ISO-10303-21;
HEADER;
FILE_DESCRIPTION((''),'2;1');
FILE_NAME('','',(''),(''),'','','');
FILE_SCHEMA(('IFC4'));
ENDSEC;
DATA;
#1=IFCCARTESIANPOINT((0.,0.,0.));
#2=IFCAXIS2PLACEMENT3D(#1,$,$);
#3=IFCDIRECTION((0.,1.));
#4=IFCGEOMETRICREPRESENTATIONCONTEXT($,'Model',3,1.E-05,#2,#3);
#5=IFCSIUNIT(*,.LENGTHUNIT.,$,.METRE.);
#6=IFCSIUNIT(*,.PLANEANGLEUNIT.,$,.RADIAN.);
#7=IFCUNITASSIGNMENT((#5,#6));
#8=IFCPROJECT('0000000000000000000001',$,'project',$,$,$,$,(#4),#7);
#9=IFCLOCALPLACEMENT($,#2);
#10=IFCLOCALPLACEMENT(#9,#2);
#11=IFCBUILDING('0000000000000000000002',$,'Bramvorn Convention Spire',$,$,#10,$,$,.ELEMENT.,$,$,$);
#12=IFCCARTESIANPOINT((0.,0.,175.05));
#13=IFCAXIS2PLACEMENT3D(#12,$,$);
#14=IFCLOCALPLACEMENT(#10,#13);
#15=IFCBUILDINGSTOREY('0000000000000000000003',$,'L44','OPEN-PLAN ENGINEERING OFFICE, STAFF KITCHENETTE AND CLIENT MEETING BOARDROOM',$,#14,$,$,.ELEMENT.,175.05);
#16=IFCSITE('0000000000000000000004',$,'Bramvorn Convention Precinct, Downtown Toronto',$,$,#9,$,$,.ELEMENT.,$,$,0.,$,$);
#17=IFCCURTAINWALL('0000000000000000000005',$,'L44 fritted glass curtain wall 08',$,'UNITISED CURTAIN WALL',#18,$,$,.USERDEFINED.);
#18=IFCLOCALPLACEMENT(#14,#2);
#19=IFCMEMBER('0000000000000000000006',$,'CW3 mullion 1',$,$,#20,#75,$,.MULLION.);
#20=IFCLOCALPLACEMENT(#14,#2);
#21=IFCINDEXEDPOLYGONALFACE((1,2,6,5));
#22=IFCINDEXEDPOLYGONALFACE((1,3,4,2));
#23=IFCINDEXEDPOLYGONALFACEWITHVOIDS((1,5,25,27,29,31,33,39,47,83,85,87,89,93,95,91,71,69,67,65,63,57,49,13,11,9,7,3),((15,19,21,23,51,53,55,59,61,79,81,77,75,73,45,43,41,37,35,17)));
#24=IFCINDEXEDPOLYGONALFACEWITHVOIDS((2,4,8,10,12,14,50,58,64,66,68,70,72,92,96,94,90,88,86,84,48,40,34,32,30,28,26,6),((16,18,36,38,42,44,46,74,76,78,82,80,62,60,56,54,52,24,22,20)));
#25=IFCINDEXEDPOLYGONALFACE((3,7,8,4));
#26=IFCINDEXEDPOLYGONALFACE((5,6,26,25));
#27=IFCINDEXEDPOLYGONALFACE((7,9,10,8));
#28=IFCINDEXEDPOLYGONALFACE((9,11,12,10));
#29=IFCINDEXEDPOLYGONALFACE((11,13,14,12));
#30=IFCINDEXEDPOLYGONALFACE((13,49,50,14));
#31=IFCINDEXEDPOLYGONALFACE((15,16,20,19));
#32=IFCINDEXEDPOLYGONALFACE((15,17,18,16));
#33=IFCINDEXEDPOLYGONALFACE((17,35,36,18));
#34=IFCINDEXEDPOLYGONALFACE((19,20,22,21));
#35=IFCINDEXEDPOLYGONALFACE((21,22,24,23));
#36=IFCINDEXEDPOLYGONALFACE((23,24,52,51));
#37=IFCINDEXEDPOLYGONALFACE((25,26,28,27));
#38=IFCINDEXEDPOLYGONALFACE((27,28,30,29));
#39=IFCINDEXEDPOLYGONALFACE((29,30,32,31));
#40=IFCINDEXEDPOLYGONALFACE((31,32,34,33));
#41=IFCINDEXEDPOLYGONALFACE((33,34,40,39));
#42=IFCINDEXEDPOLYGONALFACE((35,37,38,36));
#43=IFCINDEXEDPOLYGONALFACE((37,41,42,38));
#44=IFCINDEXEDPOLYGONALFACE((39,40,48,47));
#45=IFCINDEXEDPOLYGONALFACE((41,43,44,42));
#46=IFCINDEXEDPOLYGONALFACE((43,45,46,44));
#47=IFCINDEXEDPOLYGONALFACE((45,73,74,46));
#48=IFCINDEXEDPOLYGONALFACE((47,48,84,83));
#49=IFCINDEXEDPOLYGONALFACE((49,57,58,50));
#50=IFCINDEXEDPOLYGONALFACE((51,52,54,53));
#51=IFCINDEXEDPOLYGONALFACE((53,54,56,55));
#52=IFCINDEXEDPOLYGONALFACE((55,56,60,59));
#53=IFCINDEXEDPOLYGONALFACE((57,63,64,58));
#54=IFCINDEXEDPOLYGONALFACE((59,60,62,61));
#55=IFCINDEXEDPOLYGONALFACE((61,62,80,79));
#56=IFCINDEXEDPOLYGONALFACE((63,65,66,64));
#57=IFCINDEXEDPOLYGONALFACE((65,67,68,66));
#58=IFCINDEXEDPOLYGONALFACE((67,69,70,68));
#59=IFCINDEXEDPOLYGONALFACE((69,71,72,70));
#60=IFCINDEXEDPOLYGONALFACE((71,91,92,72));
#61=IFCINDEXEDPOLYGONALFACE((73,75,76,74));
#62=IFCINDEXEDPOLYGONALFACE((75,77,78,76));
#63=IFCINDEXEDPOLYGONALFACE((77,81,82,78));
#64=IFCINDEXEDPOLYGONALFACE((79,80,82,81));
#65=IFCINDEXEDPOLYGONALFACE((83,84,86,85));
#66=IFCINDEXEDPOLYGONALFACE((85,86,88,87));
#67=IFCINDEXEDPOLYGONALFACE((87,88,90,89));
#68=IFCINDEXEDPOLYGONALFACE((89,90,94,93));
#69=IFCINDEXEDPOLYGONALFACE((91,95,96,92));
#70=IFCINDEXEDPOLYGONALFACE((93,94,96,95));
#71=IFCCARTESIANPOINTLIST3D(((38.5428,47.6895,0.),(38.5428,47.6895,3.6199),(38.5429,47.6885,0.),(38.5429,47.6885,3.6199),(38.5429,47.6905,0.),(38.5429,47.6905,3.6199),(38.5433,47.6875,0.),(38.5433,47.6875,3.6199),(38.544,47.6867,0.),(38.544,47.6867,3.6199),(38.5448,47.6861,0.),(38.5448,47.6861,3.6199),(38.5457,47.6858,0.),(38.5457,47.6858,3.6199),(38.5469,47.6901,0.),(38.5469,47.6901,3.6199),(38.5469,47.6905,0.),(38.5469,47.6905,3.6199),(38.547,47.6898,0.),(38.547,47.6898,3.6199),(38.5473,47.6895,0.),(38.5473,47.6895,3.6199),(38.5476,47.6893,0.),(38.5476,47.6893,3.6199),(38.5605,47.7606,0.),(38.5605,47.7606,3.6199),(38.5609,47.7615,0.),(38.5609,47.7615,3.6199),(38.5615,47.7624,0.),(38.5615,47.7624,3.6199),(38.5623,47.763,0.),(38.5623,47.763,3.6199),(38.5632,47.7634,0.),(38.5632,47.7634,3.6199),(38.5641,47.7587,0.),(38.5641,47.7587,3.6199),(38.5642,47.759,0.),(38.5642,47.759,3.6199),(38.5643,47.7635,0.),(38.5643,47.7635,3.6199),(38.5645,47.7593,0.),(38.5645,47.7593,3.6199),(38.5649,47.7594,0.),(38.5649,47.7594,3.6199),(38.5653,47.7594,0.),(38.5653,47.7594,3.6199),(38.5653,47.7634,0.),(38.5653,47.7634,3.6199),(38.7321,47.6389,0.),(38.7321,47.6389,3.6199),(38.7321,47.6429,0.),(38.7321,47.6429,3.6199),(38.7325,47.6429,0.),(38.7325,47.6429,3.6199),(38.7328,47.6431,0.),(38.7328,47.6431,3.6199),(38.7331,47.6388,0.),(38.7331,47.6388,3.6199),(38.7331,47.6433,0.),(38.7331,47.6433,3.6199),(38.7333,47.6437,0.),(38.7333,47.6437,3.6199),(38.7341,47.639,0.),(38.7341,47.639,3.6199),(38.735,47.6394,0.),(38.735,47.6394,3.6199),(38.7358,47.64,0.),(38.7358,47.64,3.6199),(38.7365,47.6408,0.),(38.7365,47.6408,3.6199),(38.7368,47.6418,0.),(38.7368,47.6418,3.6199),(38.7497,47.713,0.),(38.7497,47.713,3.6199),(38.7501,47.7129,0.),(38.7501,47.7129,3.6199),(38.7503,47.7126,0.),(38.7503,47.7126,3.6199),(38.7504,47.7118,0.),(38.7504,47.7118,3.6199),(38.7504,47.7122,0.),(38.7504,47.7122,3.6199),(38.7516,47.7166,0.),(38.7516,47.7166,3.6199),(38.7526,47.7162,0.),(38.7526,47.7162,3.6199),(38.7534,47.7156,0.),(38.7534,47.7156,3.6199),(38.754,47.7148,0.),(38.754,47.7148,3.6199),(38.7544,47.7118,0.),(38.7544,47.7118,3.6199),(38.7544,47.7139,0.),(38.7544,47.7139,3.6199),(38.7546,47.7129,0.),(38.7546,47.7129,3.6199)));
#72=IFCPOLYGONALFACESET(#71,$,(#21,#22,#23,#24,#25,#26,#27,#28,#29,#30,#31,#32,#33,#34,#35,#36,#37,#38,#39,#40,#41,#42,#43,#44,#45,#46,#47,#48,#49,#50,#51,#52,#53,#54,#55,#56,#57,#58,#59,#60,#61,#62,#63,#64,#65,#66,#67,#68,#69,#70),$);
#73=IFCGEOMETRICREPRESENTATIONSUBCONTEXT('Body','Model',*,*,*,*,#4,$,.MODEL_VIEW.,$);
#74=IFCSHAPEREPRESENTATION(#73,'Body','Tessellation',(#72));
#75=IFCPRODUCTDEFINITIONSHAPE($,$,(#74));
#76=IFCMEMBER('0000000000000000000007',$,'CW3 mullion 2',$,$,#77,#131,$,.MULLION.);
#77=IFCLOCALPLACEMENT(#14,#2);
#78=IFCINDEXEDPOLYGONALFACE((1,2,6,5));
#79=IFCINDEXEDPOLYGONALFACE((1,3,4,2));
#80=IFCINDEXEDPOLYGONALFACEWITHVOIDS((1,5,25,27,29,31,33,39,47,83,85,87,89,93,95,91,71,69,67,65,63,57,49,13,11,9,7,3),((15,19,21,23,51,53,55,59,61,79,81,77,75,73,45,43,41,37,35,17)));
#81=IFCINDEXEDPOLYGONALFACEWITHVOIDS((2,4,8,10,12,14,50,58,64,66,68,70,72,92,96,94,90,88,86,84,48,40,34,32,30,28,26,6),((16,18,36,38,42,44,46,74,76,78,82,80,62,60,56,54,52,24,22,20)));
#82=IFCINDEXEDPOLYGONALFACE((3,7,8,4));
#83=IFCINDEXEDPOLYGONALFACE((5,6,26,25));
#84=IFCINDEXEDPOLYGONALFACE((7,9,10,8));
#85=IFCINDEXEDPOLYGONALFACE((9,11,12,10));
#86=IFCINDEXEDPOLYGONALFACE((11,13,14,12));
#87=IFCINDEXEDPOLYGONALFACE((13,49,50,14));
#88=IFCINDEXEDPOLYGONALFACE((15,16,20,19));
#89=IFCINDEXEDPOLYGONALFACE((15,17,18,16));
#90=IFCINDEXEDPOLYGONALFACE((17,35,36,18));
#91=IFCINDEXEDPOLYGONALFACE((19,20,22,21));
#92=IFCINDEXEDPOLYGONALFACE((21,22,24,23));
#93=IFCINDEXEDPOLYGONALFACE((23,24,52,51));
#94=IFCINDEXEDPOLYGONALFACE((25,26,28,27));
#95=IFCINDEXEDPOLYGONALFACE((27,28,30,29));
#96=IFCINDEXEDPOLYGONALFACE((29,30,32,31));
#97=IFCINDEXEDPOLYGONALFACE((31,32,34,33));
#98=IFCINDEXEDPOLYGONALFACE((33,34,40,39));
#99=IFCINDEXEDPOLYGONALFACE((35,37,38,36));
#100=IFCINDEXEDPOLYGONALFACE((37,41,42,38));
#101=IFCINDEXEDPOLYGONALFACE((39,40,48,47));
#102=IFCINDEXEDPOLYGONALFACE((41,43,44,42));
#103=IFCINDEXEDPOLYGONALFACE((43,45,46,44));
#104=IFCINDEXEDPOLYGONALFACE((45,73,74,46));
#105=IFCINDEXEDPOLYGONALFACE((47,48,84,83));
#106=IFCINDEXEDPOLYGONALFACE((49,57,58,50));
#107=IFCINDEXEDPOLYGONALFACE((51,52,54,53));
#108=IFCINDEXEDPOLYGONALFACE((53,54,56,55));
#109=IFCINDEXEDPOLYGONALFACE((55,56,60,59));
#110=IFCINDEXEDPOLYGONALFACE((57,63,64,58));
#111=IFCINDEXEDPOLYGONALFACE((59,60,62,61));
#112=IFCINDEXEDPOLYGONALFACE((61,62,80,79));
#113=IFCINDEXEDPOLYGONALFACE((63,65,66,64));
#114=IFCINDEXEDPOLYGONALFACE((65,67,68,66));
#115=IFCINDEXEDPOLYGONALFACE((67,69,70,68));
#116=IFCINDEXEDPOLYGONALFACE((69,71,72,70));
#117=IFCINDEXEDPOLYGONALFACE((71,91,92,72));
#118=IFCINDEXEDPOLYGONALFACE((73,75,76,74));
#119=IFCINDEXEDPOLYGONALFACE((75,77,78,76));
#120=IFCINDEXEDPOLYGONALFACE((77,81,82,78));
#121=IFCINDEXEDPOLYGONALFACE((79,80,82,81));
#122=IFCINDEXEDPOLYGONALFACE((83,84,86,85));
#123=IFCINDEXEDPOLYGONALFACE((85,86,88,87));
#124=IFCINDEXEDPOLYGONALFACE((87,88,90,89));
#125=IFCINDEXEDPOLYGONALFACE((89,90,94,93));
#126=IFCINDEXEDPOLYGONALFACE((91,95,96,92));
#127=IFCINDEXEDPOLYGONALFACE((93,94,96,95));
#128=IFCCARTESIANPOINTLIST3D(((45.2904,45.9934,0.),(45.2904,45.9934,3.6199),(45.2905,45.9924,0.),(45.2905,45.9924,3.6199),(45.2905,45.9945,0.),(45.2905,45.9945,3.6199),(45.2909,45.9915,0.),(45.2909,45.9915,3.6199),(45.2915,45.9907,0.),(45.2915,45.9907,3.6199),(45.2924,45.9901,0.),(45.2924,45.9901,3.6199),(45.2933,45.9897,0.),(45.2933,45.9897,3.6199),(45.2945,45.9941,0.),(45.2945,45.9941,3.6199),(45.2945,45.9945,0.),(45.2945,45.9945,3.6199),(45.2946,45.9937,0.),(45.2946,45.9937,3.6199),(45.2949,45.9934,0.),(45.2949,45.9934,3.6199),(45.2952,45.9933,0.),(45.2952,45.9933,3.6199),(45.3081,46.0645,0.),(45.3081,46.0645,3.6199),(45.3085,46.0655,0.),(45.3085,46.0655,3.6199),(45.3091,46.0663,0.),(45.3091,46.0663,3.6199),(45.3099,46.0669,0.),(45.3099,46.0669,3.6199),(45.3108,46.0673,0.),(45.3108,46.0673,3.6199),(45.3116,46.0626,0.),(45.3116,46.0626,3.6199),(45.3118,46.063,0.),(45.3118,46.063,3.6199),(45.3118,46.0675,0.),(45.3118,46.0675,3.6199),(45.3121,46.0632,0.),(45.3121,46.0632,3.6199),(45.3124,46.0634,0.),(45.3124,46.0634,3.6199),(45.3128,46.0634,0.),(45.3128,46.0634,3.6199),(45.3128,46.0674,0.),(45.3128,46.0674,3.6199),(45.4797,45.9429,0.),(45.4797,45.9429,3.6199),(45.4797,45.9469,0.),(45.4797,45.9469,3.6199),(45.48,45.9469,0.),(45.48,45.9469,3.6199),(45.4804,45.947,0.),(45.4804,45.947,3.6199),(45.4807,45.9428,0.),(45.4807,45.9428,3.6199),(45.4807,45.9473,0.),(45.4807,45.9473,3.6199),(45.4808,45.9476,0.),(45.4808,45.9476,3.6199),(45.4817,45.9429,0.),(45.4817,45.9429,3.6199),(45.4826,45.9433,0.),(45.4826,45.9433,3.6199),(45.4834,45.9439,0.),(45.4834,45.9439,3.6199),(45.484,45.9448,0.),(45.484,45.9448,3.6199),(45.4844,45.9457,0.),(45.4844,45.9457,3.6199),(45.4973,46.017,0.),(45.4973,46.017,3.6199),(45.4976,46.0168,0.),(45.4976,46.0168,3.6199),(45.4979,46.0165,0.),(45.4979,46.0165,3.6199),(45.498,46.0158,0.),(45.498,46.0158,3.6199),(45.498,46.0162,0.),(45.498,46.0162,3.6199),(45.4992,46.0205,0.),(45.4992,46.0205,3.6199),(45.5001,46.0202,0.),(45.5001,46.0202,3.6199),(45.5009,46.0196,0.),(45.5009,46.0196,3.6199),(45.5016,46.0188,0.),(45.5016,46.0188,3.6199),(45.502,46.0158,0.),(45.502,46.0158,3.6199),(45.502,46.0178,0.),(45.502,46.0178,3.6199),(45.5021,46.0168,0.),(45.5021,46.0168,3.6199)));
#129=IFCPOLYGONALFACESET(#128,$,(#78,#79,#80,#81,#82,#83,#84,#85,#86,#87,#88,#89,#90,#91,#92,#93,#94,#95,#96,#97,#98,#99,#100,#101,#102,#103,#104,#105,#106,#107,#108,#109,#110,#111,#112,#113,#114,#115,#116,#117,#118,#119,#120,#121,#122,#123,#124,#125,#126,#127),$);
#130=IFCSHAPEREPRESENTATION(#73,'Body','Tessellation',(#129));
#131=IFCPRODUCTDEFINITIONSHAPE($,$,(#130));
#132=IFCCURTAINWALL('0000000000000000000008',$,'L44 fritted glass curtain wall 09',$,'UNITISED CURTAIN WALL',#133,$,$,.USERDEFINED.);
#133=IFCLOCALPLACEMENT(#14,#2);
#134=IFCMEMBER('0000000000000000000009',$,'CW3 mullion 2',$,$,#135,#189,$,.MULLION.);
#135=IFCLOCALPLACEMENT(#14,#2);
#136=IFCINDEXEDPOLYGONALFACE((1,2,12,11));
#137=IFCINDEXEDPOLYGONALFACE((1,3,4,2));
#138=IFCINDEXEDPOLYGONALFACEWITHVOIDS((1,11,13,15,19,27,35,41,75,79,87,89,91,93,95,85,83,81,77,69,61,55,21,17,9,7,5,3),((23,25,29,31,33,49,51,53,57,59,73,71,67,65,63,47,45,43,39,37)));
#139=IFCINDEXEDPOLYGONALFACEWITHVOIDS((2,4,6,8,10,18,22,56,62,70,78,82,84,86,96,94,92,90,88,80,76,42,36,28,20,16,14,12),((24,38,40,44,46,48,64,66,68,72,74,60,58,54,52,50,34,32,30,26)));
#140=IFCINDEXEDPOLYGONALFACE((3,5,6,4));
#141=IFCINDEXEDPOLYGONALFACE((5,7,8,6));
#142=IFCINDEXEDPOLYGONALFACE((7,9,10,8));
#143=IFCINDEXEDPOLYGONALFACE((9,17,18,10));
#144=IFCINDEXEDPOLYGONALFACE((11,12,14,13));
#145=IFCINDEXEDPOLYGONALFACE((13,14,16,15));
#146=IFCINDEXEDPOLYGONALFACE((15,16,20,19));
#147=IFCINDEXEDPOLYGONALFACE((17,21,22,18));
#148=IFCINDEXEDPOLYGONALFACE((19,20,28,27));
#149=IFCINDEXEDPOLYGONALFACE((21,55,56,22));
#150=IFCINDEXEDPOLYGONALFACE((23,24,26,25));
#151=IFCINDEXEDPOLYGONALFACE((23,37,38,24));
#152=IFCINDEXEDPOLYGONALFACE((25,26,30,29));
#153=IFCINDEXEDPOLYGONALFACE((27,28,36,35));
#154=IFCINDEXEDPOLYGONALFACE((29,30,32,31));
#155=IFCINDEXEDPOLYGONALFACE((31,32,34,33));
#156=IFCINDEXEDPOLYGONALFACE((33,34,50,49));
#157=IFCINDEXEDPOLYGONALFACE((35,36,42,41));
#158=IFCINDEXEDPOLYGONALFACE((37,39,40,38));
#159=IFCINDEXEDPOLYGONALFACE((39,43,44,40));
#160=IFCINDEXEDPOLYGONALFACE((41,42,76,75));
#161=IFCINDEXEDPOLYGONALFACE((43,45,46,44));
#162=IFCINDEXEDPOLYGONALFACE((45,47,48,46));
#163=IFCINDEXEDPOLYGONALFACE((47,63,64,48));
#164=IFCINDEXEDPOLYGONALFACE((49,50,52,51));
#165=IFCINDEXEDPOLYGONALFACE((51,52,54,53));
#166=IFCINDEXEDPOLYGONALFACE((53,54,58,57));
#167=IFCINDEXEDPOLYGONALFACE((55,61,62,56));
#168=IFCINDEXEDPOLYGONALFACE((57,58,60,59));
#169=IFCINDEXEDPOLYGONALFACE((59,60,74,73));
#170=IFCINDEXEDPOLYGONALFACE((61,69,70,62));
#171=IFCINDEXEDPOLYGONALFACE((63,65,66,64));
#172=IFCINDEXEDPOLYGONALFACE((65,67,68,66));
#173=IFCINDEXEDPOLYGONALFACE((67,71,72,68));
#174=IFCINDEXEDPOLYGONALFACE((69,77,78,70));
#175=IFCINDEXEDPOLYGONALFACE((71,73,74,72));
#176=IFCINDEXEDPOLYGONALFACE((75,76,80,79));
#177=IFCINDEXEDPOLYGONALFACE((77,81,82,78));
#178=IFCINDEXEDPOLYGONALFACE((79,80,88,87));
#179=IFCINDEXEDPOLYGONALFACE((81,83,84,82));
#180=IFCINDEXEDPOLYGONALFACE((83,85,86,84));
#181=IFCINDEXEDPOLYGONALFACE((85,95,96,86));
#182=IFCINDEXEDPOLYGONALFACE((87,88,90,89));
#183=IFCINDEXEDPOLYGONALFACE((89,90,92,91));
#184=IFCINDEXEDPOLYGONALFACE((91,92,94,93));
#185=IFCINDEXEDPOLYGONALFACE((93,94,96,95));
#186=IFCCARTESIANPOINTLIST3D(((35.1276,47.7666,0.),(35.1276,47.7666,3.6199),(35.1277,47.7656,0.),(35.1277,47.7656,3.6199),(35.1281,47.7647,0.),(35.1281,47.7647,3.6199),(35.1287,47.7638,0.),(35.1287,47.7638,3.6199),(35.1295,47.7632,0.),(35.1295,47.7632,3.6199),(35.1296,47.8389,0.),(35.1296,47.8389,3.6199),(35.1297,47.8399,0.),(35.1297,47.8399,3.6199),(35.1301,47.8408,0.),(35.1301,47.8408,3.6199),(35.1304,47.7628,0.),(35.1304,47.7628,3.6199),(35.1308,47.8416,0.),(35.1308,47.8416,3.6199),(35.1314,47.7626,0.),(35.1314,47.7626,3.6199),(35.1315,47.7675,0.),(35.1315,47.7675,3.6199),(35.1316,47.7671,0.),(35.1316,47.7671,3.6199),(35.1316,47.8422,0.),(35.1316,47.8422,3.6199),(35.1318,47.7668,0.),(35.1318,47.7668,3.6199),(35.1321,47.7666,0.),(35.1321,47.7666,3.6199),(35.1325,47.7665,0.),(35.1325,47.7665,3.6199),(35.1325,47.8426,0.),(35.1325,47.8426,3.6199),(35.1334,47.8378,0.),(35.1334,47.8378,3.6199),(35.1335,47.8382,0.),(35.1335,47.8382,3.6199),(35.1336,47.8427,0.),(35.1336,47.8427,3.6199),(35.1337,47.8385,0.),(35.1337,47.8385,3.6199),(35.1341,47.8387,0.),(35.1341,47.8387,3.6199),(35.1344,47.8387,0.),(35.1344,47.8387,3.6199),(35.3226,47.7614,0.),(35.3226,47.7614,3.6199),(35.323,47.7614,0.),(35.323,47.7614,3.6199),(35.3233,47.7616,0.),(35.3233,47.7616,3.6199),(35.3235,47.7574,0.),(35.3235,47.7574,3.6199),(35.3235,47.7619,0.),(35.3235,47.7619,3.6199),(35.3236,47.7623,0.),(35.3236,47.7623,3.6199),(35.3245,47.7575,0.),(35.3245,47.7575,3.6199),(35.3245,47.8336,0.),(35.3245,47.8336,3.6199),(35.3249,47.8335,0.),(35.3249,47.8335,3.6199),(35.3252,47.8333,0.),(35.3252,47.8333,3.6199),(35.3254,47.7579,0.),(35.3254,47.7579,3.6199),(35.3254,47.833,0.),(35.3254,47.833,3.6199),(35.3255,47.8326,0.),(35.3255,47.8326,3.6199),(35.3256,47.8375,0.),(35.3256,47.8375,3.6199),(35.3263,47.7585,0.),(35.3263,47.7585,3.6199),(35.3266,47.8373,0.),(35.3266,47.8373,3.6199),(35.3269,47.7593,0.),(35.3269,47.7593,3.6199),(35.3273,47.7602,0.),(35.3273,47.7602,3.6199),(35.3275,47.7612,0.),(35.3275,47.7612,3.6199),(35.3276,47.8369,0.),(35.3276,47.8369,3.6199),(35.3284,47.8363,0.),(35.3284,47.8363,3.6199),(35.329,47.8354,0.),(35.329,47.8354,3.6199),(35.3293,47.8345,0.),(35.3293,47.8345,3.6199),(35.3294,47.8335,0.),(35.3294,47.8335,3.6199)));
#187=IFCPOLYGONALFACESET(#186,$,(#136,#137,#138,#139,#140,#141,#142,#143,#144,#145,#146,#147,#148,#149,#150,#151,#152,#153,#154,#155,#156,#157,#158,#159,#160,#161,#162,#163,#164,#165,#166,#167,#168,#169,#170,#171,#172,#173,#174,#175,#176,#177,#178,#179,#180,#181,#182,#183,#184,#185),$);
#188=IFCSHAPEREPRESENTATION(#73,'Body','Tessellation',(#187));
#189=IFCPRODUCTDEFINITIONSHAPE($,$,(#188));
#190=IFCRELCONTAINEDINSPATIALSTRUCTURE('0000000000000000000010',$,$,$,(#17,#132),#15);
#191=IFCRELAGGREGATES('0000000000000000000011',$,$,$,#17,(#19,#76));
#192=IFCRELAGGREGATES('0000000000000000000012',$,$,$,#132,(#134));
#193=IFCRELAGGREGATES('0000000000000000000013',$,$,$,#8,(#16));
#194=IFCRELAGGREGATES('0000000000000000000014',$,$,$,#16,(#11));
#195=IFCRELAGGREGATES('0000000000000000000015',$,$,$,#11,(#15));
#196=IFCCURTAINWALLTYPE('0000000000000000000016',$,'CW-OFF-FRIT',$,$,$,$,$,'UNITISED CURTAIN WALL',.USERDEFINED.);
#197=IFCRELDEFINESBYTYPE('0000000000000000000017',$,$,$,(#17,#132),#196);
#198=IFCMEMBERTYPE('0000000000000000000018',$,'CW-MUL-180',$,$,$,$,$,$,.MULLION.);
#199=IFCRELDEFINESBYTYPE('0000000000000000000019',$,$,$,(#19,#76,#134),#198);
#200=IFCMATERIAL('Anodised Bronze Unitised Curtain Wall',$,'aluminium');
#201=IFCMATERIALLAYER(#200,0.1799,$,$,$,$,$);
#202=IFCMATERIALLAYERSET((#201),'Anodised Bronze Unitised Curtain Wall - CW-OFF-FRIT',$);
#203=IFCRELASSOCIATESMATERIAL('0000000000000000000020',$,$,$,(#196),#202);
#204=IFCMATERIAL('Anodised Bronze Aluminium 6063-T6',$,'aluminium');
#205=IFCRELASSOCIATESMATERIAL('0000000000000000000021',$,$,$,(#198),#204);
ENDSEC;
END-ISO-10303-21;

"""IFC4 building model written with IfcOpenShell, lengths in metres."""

from ifc_helpers import new_model, si_unit, direction, frame, origin, origin_2d, place, context, subcontext, project, spatial, hollow_rectangle, extrude, material, layer, layer_set, material_profile, profile_set, type_object, element, aggregate, save


model = new_model("IFC4")

# Units and contexts
model_context = context("Model", 3, precision=1e-05, world=origin(), true_north=direction((0.0, 1.0)))
body_context = subcontext(model_context, "Body", "Model", "MODEL_VIEW")
ifc_project = project(units=[si_unit("LENGTHUNIT", "METRE"), si_unit("PLANEANGLEUNIT", "RADIAN")], contexts=[model_context])

# Site, building, storey
site_placement = place(None, origin())
site = spatial("IfcSite", under=ifc_project, at=site_placement, Name="Bramvorn Convention Precinct, Downtown Toronto", CompositionType="ELEMENT", RefElevation=0.0)
building_placement = place(site_placement, origin())
building = spatial("IfcBuilding", under=site, at=building_placement, Name="Bramvorn Convention Spire", CompositionType="ELEMENT")
storey_placement = place(building_placement, frame((0.0, 0.0, 175.05)))
storey = spatial("IfcBuildingStorey", under=building, at=storey_placement, Name="L44", Description="OPEN-PLAN ENGINEERING OFFICE, STAFF KITCHENETTE AND CLIENT MEETING BOARDROOM", CompositionType="ELEMENT", Elevation=175.05)

# Curtain walls, members
ifc_material_1 = material(Name="Anodised Bronze Unitised Curtain Wall", Category="aluminium")
ifc_layer_1 = layer(ifc_material_1, 0.1799)
ifc_layer_set_1 = layer_set([ifc_layer_1], Name="Anodised Bronze Unitised Curtain Wall - CW-OFF-FRIT")
curtain_wall_type = type_object("IfcCurtainWallType", Name="CW-OFF-FRIT", ElementType="UNITISED CURTAIN WALL", PredefinedType="USERDEFINED", material=ifc_layer_set_1)
curtain_wall_1_placement = place(storey_placement, origin())
curtain_wall_1 = element("IfcCurtainWall", 1, at=curtain_wall_1_placement, inside=storey, type_object=curtain_wall_type, Name="L44 fritted glass curtain wall 08", ObjectType="UNITISED CURTAIN WALL", PredefinedType="USERDEFINED")
ifc_material_2 = material(Name="Anodised Bronze Aluminium 6063-T6", Category="aluminium")
ifc_material_profile_1 = material_profile(ifc_material_2, hollow_rectangle(XDim=0.0801, YDim=0.2, WallThickness=0.0039, InnerFilletRadius=0.001, OuterFilletRadius=0.0039, at=origin_2d()))
ifc_profile_set_1 = profile_set([ifc_material_profile_1], Name="Anodised Bronze Aluminium 6063-T6 - CWM80X200")
member_type_1 = type_object("IfcMemberType", Name="CW-MUL-180", PredefinedType="MULLION", material=ifc_profile_set_1)
member_1_placement = place(storey_placement, frame((38.6487, 47.7012, 0.0), z_axis=(0.0, 0.0, 1.0), x_axis=(0.243786, 0.969829, 0.0)))
member_1 = element("IfcMember", 2, at=member_1_placement, type_object=member_type_1, Name="CW3 mullion 1", PredefinedType="MULLION", context=body_context, shape_type="SweptSolid", body=[
    extrude(hollow_rectangle(XDim=0.0801, YDim=0.2, WallThickness=0.0039, InnerFilletRadius=0.001, OuterFilletRadius=0.0039, at=origin_2d()), origin(), (0.0, 0.0, 1.0), 3.6199),
])
member_2_placement = place(storey_placement, frame((45.3962, 46.0051, 0.0), z_axis=(0.0, 0.0, 1.0), x_axis=(0.243786, 0.969829, 0.0)))
member_2 = element("IfcMember", 3, at=member_2_placement, type_object=member_type_1, Name="CW3 mullion 2", PredefinedType="MULLION", context=body_context, shape_type="SweptSolid", body=[
    extrude(hollow_rectangle(XDim=0.0801, YDim=0.2, WallThickness=0.0039, InnerFilletRadius=0.001, OuterFilletRadius=0.0039, at=origin_2d()), origin(), (0.0, 0.0, 1.0), 3.6199),
])
curtain_wall_2_placement = place(storey_placement, origin())
curtain_wall_2 = element("IfcCurtainWall", 4, at=curtain_wall_2_placement, inside=storey, type_object=curtain_wall_type, Name="L44 fritted glass curtain wall 09", ObjectType="UNITISED CURTAIN WALL", PredefinedType="USERDEFINED")
member_3_placement = place(storey_placement, frame((35.2285, 47.8, 0.0), z_axis=(0.0, 0.0, 1.0), x_axis=(0.026988, 0.999636, 0.0)))
member_3 = element("IfcMember", 5, at=member_3_placement, type_object=member_type_1, Name="CW3 mullion 2", PredefinedType="MULLION", context=body_context, shape_type="SweptSolid", body=[
    extrude(hollow_rectangle(XDim=0.0801, YDim=0.2, WallThickness=0.0039, InnerFilletRadius=0.001, OuterFilletRadius=0.0039, at=origin_2d()), origin(), (0.0, 0.0, 1.0), 3.6199),
])

aggregate(curtain_wall_1, [member_1, member_2])
aggregate(curtain_wall_2, [member_3])

save(model, "model.ifc")
